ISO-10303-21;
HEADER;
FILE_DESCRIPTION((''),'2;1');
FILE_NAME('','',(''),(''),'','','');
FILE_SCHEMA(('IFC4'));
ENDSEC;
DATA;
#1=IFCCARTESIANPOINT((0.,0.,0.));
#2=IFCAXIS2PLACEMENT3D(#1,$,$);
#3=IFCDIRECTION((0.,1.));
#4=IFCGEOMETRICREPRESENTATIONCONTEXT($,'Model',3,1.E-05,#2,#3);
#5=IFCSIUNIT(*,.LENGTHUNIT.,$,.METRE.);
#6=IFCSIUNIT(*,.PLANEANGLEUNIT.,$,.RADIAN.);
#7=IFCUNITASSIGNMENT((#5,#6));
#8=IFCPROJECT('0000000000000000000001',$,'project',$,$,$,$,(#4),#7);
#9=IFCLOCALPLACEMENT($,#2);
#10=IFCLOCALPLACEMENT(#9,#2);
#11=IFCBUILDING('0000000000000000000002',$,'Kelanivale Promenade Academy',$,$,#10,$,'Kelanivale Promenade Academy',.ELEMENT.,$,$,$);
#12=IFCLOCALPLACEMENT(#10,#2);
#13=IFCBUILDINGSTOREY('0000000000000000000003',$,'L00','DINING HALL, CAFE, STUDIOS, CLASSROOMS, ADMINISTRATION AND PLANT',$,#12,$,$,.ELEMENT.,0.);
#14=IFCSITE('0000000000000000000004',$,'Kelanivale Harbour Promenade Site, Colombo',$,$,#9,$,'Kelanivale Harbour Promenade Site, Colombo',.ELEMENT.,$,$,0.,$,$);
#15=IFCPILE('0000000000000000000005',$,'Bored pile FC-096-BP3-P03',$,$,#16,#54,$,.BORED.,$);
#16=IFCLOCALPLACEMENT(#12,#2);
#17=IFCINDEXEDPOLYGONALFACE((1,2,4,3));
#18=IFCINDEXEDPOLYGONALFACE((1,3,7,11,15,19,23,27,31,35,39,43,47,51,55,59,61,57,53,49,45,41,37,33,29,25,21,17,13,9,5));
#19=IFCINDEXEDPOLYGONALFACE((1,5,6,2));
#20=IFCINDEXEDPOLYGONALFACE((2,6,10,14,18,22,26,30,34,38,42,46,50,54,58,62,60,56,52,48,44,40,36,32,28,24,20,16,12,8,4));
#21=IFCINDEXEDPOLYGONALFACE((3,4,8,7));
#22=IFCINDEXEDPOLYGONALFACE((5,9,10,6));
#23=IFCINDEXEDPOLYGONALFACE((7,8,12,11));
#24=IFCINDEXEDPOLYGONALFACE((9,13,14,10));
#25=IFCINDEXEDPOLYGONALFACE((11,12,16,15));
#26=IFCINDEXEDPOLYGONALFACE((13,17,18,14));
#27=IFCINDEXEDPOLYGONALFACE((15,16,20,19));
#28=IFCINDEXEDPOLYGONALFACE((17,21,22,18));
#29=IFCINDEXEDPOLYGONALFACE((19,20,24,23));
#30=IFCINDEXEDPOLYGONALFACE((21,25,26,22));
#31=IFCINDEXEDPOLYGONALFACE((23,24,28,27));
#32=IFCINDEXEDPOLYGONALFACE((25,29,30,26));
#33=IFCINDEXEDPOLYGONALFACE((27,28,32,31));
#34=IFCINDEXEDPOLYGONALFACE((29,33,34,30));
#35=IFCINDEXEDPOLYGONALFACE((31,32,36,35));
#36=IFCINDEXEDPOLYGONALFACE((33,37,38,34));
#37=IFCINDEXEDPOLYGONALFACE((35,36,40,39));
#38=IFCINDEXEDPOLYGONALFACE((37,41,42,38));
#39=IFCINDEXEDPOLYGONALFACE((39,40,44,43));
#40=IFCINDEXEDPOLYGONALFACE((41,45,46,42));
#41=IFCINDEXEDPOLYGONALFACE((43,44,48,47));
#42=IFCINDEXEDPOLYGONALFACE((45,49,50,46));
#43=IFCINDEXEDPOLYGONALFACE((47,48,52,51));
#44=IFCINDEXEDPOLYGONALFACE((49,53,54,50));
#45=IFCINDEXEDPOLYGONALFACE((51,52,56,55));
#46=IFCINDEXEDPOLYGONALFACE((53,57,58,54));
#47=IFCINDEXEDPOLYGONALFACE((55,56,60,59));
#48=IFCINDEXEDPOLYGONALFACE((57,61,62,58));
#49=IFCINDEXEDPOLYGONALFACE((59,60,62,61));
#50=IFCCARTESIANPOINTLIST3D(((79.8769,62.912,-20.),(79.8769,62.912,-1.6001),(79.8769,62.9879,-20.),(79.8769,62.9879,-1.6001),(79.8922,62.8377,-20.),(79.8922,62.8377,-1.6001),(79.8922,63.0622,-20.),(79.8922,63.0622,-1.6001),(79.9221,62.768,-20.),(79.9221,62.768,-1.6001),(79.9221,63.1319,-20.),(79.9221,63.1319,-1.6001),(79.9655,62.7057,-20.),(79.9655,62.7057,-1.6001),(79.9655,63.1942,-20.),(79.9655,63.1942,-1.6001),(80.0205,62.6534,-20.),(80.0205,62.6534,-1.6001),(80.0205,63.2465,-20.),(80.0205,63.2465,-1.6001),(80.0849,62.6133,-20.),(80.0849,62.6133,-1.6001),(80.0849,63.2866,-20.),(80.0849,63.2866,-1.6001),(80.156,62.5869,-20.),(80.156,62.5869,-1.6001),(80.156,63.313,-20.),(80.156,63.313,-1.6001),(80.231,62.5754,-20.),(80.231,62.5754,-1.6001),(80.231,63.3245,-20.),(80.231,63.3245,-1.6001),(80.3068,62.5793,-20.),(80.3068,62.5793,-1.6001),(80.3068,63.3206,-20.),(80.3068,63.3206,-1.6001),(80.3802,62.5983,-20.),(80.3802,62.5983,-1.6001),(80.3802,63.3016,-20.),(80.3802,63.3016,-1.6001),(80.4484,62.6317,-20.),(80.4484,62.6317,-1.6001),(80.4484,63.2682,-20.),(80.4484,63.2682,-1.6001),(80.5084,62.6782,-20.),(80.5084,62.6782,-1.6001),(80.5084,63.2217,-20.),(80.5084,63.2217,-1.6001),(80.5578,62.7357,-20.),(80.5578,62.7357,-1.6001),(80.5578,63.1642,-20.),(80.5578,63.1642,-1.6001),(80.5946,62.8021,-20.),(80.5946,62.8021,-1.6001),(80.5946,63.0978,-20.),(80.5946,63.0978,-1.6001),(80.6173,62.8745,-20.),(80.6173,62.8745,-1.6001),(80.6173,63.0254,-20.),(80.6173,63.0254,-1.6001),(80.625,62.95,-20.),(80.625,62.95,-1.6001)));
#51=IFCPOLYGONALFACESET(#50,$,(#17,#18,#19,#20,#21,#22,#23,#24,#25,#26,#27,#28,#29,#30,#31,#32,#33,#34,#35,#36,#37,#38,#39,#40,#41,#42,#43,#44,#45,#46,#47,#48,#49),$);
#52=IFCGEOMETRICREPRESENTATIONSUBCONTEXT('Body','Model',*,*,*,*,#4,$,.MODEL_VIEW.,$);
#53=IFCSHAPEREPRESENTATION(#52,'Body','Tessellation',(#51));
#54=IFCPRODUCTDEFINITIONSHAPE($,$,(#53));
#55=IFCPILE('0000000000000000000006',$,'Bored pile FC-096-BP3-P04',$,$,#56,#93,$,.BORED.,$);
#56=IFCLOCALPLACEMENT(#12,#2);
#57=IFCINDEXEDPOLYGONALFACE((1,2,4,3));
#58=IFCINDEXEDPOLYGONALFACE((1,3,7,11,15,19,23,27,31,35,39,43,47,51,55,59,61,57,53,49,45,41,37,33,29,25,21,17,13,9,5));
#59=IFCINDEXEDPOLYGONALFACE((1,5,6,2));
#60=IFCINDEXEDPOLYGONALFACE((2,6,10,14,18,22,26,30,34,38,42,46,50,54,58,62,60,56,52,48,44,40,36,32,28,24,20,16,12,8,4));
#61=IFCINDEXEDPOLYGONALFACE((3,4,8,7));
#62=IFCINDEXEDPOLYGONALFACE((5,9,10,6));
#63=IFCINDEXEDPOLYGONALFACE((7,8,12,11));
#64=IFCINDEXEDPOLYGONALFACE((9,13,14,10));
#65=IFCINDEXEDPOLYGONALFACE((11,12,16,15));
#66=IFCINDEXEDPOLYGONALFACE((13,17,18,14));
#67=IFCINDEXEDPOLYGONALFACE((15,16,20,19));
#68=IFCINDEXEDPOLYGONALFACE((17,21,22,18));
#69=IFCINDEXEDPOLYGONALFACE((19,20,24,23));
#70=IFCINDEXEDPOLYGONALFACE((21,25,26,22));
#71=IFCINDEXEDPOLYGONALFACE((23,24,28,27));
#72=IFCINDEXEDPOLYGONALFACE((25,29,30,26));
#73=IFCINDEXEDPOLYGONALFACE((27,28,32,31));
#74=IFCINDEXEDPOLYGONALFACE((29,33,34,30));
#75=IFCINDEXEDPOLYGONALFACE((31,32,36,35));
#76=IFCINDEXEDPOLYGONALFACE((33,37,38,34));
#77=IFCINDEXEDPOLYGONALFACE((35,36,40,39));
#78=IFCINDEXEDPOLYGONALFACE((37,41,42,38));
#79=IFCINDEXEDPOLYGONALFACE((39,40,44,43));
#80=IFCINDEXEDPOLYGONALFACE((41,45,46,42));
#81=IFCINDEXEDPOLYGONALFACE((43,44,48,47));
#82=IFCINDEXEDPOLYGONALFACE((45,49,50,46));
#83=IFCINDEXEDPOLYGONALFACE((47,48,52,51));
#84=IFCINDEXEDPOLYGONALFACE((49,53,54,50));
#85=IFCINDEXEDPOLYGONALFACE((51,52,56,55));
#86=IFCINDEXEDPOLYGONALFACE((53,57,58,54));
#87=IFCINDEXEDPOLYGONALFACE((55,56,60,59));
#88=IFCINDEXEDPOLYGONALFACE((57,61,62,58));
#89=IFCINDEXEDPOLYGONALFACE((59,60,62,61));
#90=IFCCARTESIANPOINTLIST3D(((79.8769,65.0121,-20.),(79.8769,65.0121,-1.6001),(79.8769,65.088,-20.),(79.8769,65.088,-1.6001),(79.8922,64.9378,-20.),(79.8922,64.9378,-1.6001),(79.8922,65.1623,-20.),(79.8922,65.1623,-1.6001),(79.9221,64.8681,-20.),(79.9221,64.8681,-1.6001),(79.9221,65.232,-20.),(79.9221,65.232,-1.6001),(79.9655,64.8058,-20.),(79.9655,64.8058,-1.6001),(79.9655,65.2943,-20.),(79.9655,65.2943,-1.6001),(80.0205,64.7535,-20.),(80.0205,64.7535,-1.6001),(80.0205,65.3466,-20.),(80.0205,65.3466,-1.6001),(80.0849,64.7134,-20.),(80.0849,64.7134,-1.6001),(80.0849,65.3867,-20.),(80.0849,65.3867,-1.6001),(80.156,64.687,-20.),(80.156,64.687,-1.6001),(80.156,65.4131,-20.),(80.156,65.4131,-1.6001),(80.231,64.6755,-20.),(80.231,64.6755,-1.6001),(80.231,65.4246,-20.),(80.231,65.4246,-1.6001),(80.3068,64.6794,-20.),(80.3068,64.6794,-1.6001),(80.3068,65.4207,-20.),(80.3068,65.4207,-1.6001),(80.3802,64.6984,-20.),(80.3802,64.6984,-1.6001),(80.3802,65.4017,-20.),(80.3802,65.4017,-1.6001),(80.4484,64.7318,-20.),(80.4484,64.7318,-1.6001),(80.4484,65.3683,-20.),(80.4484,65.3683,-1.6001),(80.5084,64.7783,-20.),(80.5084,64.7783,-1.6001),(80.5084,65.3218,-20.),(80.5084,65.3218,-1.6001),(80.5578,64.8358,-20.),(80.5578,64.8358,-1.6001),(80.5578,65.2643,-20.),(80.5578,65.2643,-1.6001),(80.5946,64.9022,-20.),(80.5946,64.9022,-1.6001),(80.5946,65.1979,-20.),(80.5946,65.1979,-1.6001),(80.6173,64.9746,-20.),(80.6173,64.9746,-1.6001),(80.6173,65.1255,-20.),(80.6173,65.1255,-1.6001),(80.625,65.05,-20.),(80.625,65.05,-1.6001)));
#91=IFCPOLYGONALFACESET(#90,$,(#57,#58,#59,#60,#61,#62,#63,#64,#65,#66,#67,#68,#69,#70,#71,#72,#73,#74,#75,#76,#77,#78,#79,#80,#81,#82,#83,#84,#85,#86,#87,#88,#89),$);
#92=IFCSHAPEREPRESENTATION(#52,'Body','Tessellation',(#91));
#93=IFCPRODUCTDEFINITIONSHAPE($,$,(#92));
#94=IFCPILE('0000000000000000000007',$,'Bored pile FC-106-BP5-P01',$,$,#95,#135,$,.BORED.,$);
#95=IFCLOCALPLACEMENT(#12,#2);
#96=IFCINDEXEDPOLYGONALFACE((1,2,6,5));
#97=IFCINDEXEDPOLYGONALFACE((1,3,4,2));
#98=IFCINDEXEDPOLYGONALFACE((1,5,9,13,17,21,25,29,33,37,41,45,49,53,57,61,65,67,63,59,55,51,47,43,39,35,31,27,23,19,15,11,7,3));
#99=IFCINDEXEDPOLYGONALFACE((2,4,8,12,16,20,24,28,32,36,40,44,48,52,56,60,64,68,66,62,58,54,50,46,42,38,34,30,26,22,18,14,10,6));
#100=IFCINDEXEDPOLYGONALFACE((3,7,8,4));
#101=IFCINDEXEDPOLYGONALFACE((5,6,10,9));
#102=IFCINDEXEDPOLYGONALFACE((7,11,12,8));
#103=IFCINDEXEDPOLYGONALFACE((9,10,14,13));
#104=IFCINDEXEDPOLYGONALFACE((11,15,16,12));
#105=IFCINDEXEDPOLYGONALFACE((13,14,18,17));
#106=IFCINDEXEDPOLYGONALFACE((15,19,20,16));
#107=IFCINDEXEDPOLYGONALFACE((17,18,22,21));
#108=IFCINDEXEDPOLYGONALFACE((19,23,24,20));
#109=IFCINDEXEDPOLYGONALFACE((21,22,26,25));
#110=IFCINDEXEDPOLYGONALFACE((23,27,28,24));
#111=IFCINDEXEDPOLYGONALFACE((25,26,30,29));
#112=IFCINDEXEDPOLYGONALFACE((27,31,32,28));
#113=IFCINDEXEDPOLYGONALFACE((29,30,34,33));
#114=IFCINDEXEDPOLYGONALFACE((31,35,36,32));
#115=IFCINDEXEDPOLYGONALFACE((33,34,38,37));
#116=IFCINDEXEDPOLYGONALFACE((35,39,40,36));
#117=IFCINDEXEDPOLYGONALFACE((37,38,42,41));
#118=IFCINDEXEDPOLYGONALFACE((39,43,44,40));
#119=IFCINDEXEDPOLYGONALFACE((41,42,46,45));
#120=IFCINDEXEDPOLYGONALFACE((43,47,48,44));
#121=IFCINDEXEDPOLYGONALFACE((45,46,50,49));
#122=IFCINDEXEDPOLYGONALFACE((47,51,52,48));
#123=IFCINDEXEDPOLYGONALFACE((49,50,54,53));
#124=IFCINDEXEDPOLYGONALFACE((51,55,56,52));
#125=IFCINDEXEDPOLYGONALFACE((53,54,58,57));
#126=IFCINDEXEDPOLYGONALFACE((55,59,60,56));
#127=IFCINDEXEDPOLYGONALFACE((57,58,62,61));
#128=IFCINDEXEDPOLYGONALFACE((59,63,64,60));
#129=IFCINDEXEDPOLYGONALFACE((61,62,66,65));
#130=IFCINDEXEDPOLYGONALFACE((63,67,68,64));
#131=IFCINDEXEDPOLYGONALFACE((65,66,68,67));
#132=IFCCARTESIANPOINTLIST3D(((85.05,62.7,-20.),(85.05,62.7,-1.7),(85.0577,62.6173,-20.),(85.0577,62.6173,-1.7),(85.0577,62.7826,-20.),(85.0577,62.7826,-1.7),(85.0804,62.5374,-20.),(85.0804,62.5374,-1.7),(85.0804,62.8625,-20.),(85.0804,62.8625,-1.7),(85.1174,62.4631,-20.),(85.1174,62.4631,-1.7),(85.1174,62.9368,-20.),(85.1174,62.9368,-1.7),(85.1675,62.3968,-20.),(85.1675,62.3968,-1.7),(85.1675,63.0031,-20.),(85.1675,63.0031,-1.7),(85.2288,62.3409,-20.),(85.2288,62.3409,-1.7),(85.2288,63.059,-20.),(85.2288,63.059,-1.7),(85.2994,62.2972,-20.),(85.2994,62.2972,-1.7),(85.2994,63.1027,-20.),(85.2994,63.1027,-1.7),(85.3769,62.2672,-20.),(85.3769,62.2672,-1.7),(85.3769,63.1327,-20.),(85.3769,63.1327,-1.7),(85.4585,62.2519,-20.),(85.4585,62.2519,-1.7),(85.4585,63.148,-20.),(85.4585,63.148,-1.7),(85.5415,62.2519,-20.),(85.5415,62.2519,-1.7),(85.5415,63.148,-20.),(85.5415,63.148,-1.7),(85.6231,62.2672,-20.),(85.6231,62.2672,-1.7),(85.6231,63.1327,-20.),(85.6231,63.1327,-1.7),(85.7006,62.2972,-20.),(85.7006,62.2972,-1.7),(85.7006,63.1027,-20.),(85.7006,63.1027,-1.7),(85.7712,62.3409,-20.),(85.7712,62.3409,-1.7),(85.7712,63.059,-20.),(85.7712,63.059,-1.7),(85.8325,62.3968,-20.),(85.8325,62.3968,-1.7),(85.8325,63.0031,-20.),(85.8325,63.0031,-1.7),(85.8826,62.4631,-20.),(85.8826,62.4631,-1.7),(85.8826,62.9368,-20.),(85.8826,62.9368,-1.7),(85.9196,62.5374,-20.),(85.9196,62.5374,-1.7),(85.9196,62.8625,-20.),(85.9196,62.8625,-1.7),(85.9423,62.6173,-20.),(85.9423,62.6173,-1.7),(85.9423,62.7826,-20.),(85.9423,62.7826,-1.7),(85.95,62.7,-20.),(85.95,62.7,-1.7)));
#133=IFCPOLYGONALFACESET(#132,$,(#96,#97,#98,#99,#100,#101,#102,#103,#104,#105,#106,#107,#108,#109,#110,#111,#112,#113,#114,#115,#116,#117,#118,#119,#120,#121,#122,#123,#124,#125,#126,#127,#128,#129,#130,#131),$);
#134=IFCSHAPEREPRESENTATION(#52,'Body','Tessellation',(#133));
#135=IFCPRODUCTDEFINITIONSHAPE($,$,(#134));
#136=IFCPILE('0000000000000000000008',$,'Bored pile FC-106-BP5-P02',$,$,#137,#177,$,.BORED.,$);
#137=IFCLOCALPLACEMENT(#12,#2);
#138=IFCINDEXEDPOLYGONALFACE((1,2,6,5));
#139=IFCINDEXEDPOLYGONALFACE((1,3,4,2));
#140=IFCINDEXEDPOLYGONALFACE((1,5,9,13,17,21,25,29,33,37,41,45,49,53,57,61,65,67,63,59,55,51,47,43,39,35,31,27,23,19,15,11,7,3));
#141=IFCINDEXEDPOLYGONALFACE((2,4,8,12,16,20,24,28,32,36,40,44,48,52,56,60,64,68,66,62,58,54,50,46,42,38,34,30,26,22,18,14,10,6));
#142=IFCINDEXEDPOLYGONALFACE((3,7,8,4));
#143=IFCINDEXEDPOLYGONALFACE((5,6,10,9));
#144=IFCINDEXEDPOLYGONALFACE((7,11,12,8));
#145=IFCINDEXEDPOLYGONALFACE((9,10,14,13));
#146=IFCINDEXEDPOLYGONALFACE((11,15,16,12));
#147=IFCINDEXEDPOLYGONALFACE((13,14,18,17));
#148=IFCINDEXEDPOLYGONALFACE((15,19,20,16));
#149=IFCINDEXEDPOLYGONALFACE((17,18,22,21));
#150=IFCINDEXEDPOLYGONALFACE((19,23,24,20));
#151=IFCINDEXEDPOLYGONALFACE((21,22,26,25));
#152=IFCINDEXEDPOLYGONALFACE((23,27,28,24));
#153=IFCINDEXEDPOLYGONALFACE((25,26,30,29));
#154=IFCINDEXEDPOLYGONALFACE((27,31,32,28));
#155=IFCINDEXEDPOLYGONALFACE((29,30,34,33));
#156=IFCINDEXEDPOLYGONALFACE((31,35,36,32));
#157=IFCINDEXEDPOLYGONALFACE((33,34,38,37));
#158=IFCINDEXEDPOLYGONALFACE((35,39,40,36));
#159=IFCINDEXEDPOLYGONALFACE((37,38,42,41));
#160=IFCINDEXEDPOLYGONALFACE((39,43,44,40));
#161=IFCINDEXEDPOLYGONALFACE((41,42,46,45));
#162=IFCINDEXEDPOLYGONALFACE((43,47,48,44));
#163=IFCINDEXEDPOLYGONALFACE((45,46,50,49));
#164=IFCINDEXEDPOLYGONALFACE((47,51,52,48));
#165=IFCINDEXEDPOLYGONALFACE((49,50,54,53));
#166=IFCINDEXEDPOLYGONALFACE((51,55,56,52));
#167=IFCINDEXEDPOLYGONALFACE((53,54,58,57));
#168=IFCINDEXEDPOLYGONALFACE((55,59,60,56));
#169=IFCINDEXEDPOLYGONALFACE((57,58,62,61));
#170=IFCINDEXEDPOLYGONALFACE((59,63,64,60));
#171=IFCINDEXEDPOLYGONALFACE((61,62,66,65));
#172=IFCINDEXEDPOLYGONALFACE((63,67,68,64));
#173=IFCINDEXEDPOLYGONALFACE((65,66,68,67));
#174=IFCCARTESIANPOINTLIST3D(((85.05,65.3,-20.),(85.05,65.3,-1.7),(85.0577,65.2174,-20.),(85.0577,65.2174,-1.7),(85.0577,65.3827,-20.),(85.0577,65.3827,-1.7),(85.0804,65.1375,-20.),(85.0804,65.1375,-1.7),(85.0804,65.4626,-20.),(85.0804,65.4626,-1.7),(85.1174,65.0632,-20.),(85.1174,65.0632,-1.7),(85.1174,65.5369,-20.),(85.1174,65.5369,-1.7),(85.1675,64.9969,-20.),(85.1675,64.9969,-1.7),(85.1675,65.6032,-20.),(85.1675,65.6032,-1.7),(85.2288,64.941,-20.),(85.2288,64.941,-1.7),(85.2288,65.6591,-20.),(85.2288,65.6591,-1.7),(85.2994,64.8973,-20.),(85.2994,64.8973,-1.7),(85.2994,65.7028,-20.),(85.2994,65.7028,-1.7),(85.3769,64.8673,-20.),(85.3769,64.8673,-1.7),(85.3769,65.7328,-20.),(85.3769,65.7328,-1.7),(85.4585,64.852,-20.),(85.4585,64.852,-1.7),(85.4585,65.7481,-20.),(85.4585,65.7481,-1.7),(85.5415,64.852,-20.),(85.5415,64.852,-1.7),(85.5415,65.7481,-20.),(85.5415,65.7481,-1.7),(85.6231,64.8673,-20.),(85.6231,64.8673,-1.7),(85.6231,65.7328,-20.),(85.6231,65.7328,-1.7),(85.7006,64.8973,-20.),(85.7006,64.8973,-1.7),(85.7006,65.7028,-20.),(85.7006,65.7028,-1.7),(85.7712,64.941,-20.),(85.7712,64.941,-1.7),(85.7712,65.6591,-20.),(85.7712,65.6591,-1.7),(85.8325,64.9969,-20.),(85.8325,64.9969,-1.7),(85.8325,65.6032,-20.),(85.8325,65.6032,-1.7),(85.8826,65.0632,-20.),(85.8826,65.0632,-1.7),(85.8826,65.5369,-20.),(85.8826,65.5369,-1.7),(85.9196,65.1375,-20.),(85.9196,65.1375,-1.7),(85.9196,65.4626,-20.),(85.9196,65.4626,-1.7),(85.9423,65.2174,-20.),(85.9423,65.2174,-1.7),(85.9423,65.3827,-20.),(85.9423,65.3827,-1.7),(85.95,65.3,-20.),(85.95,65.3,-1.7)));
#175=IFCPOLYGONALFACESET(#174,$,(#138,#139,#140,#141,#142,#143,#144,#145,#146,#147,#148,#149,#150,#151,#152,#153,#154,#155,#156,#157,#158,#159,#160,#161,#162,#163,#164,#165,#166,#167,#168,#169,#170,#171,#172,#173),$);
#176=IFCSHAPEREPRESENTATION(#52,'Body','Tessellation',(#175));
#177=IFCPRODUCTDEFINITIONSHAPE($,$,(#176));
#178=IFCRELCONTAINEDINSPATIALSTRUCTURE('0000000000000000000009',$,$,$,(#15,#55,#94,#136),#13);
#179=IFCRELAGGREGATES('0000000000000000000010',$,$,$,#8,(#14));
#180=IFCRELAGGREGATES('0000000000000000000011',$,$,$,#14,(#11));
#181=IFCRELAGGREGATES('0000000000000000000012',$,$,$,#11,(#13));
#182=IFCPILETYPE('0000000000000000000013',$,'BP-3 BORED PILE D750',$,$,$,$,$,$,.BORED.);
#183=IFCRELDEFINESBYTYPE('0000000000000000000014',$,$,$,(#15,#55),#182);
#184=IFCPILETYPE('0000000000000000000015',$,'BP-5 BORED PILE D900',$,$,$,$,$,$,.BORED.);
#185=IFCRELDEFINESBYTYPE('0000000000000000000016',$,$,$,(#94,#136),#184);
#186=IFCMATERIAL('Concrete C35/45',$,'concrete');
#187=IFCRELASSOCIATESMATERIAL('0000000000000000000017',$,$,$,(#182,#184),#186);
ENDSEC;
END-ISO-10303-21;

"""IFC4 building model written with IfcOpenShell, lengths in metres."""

from ifc_helpers import new_model, si_unit, direction, frame, origin, origin_2d, place, context, subcontext, project, spatial, circle, extrude, material, material_profile, profile_set, type_object, element, save


model = new_model("IFC4")

# Units and contexts
model_context = context("Model", 3, precision=1e-05, world=origin(), true_north=direction((0.0, 1.0)))
body_context = subcontext(model_context, "Body", "Model", "MODEL_VIEW")
ifc_project = project(units=[si_unit("LENGTHUNIT", "METRE"), si_unit("PLANEANGLEUNIT", "RADIAN")], contexts=[model_context])

# Site, building, storey
site_placement = place(None, origin())
site = spatial("IfcSite", under=ifc_project, at=site_placement, Name="Kelanivale Harbour Promenade Site, Colombo", LongName="Kelanivale Harbour Promenade Site, Colombo", CompositionType="ELEMENT", RefElevation=0.0)
building_placement = place(site_placement, origin())
building = spatial("IfcBuilding", under=site, at=building_placement, Name="Kelanivale Promenade Academy", LongName="Kelanivale Promenade Academy", CompositionType="ELEMENT")
storey_placement = place(building_placement, origin())
storey = spatial("IfcBuildingStorey", under=building, at=storey_placement, Name="L00", Description="DINING HALL, CAFE, STUDIOS, CLASSROOMS, ADMINISTRATION AND PLANT", CompositionType="ELEMENT", Elevation=0.0)

# Piles
ifc_material_1 = material(Name="Concrete C35/45", Category="concrete")
ifc_material_profile_1 = material_profile(ifc_material_1, circle(Radius=0.375, at=origin_2d()), Name="BORED PILE D750")
ifc_profile_set_1 = profile_set([ifc_material_profile_1], Name="Concrete C35/45")
pile_type_1 = type_object("IfcPileType", Name="BP-3 BORED PILE D750", PredefinedType="BORED", material=ifc_profile_set_1)
for number, where, z_axis, x_axis, name in (
    (1, (80.25, 62.95, -1.6001), (0.0, 0.0, -1.0), (1.0, 0.0, 0.0), "Bored pile FC-096-BP3-P03"),
    (2, (80.25, 65.05, -1.6001), (0.0, 0.0, -1.0), (1.0, 0.0, 0.0), "Bored pile FC-096-BP3-P04"),
):
    element("IfcPile", number, at=place(storey_placement, frame(where, z_axis=z_axis, x_axis=x_axis)), inside=storey, type_object=pile_type_1, Name=name, PredefinedType="BORED", context=body_context, shape_type="SweptSolid", body=[
        extrude(circle(Radius=0.375, at=origin_2d()), origin(), (0.0, 0.0, 1.0), 18.3999),
    ])
ifc_material_profile_2 = material_profile(ifc_material_1, circle(Radius=0.45, at=origin_2d()), Name="BORED PILE D900")
ifc_profile_set_2 = profile_set([ifc_material_profile_2], Name="Concrete C35/45")
pile_type_2 = type_object("IfcPileType", Name="BP-5 BORED PILE D900", PredefinedType="BORED", material=ifc_profile_set_2)
for number, where, z_axis, x_axis, name in (
    (3, (85.5, 62.7, -1.7), (0.0, 0.0, -1.0), (1.0, 0.0, 0.0), "Bored pile FC-106-BP5-P01"),
    (4, (85.5, 65.3, -1.7), (0.0, 0.0, -1.0), (1.0, 0.0, 0.0), "Bored pile FC-106-BP5-P02"),
):
    element("IfcPile", number, at=place(storey_placement, frame(where, z_axis=z_axis, x_axis=x_axis)), inside=storey, type_object=pile_type_2, Name=name, PredefinedType="BORED", context=body_context, shape_type="SweptSolid", body=[
        extrude(circle(Radius=0.45, at=origin_2d()), origin(), (0.0, 0.0, 1.0), 18.3),
    ])

save(model, "model.ifc")
